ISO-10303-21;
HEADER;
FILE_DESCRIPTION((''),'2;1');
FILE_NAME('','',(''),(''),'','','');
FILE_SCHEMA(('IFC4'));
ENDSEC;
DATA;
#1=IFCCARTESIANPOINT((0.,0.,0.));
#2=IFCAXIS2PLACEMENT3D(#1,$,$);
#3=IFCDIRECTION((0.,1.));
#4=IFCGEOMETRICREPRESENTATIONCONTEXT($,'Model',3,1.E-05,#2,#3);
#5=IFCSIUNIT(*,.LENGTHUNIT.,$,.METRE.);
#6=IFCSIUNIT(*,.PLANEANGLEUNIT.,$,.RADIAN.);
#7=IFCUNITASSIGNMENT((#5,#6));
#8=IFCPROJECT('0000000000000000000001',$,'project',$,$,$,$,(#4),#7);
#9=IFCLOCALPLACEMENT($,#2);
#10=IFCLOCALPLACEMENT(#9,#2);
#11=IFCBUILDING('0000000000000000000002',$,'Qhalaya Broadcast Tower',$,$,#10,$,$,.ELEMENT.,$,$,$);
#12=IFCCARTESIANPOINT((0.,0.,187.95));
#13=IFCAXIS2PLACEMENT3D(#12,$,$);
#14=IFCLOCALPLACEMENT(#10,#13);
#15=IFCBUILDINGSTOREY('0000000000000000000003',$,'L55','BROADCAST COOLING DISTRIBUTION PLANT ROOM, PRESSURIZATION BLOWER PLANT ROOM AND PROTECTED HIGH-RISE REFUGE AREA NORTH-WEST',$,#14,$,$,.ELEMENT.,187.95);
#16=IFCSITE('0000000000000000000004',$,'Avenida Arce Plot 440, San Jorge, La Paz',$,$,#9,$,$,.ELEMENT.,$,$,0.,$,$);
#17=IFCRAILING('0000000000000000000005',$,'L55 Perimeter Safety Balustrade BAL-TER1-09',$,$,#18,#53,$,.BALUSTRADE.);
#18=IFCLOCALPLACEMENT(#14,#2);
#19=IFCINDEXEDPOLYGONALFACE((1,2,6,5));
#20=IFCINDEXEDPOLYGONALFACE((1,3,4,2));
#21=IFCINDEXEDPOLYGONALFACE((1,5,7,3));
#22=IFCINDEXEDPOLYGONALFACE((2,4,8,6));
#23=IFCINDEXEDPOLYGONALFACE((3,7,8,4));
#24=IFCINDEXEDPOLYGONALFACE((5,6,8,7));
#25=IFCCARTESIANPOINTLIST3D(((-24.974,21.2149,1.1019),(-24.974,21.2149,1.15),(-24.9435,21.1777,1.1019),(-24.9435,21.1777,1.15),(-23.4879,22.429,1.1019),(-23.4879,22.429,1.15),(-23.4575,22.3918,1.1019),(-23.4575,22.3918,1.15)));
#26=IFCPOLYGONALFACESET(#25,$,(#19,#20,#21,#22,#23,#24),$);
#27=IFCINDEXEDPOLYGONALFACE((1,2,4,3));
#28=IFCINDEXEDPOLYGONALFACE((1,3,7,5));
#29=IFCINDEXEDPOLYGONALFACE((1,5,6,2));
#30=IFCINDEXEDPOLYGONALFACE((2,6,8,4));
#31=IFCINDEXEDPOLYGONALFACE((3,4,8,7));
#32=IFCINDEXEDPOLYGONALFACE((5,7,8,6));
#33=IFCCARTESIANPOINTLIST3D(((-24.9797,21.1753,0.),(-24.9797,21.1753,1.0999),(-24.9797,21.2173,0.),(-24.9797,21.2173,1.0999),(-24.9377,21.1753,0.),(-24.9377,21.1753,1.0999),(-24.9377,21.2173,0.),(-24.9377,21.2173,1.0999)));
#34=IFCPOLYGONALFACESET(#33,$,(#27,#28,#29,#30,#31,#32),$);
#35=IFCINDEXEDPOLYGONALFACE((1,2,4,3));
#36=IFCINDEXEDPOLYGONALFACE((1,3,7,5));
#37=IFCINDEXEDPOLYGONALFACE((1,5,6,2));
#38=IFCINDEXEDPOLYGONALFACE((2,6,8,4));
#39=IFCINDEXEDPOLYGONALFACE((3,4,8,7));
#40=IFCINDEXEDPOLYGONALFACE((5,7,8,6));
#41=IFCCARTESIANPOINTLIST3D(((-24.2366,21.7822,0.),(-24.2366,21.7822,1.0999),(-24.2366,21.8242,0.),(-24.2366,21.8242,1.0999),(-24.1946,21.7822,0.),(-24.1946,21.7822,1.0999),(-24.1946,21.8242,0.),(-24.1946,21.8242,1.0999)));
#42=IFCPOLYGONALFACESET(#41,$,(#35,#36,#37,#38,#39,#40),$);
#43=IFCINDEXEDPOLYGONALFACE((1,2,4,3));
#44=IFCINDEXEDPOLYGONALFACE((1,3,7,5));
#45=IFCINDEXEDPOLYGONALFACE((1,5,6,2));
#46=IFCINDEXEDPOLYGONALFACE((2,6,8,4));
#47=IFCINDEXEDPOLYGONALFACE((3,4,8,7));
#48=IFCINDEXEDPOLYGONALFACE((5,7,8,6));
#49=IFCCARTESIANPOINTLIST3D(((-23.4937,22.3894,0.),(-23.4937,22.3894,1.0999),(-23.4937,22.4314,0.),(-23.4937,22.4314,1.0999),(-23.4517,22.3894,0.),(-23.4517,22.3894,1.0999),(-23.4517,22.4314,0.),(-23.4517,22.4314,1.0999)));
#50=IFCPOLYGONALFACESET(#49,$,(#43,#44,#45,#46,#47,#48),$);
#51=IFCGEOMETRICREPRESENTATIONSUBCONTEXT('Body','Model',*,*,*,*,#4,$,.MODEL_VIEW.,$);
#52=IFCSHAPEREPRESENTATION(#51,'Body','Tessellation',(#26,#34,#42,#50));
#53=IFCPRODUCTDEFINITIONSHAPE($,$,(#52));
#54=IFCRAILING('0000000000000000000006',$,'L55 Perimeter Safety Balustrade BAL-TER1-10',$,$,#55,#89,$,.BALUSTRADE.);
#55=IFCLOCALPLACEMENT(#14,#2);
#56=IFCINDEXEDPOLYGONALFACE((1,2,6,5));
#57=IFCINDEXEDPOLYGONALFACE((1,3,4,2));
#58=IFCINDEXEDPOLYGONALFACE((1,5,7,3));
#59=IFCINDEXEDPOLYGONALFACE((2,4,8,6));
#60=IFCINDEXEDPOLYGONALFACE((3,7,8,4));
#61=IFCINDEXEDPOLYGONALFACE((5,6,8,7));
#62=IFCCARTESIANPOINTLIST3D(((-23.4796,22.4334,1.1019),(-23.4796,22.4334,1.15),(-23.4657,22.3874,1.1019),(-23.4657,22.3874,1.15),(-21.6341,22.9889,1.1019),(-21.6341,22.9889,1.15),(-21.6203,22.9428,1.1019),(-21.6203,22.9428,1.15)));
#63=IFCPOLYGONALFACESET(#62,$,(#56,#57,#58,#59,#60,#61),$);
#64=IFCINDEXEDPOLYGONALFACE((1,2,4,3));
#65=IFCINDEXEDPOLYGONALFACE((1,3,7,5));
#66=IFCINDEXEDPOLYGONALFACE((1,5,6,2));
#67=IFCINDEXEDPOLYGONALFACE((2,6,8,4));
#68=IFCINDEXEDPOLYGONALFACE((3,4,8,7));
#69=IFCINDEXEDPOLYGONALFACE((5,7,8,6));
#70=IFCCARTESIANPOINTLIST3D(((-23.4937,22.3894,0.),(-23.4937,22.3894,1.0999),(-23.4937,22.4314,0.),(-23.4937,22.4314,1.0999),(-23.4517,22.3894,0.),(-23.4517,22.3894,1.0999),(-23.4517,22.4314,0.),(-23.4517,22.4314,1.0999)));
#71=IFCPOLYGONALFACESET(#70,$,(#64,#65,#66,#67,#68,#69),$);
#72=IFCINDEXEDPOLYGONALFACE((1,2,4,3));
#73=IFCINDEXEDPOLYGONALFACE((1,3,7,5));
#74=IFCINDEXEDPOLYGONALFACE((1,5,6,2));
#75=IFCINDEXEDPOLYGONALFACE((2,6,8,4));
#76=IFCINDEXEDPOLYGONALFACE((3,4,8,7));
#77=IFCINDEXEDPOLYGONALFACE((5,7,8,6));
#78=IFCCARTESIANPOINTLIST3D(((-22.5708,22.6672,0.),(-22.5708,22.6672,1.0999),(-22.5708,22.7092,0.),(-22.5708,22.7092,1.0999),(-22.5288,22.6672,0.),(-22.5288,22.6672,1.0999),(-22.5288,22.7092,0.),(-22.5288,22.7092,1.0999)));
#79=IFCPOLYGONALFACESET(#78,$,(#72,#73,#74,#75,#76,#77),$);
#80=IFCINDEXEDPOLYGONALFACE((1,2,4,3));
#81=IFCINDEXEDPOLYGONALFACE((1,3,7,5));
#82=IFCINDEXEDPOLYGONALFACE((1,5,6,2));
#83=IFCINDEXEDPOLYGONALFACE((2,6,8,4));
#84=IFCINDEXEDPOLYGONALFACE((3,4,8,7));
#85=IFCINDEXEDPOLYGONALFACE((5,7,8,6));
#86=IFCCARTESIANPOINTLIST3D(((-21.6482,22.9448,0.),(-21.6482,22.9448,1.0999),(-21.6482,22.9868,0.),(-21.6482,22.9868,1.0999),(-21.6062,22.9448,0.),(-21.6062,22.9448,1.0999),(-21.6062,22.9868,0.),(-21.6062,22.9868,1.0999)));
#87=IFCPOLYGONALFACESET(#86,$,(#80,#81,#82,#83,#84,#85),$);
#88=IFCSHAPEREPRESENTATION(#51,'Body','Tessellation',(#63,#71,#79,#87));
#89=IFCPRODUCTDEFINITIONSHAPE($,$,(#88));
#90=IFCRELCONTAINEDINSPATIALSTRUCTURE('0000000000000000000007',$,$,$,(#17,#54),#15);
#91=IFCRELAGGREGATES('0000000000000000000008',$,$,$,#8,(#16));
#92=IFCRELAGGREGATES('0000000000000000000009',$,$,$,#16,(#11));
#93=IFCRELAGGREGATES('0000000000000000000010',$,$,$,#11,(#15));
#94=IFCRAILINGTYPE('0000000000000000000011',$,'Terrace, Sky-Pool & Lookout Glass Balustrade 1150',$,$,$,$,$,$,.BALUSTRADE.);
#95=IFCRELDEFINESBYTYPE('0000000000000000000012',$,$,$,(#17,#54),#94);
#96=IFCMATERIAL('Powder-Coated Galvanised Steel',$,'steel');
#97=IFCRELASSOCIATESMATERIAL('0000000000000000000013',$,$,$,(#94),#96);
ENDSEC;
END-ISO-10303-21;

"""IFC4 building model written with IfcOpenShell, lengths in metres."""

from ifc_helpers import new_model, si_unit, direction, frame, origin, origin_2d, place, context, subcontext, project, spatial, rectangle, extrude, material, type_object, element, save


model = new_model("IFC4")

# Units and contexts
model_context = context("Model", 3, precision=1e-05, world=origin(), true_north=direction((0.0, 1.0)))
body_context = subcontext(model_context, "Body", "Model", "MODEL_VIEW")
ifc_project = project(units=[si_unit("LENGTHUNIT", "METRE"), si_unit("PLANEANGLEUNIT", "RADIAN")], contexts=[model_context])

# Site, building, storey
site_placement = place(None, origin())
site = spatial("IfcSite", under=ifc_project, at=site_placement, Name="Avenida Arce Plot 440, San Jorge, La Paz", CompositionType="ELEMENT", RefElevation=0.0)
building_placement = place(site_placement, origin())
building = spatial("IfcBuilding", under=site, at=building_placement, Name="Qhalaya Broadcast Tower", CompositionType="ELEMENT")
storey_placement = place(building_placement, frame((0.0, 0.0, 187.95)))
storey = spatial("IfcBuildingStorey", under=building, at=storey_placement, Name="L55", Description="BROADCAST COOLING DISTRIBUTION PLANT ROOM, PRESSURIZATION BLOWER PLANT ROOM AND PROTECTED HIGH-RISE REFUGE AREA NORTH-WEST", CompositionType="ELEMENT", Elevation=187.95)

# Railings
ifc_material_1 = material(Name="Powder-Coated Galvanised Steel", Category="steel")
railing_type = type_object("IfcRailingType", Name="Terrace, Sky-Pool & Lookout Glass Balustrade 1150", PredefinedType="BALUSTRADE", material=ifc_material_1)
railing_1_placement = place(storey_placement, frame((-24.9587, 21.1963, 0.0)))
element("IfcRailing", 1, at=railing_1_placement, inside=storey, type_object=railing_type, Name="L55 Perimeter Safety Balustrade BAL-TER1-09", PredefinedType="BALUSTRADE", context=body_context, shape_type="SweptSolid", body=[
    extrude(rectangle(XDim=0.0481, YDim=0.0481, at=origin_2d()), frame((0.0, 0.0, 1.126), z_axis=(0.774411, 0.632683, 0.0), x_axis=(-0.632683, 0.774411, 0.0)), (0.0, 0.0, 1.0), 1.9189),
    extrude(rectangle(XDim=0.042, YDim=0.042, at=origin_2d()), origin(), (0.0, 0.0, 1.0), 1.0999),
    extrude(rectangle(XDim=0.042, YDim=0.042, at=origin_2d()), frame((0.7432, 0.6069, 0.0)), (0.0, 0.0, 1.0), 1.0999),
    extrude(rectangle(XDim=0.042, YDim=0.042, at=origin_2d()), frame((1.4861, 1.2141, 0.0)), (0.0, 0.0, 1.0), 1.0999),
])
railing_2_placement = place(storey_placement, frame((-23.4727, 22.4104, 0.0)))
element("IfcRailing", 2, at=railing_2_placement, inside=storey, type_object=railing_type, Name="L55 Perimeter Safety Balustrade BAL-TER1-10", PredefinedType="BALUSTRADE", context=body_context, shape_type="SweptSolid", body=[
    extrude(rectangle(XDim=0.0481, YDim=0.0481, at=origin_2d()), frame((0.0, 0.0, 1.126), z_axis=(0.957571, 0.288196, 0.0), x_axis=(-0.288196, 0.957571, 0.0)), (0.0, 0.0, 1.0), 1.9272),
    extrude(rectangle(XDim=0.042, YDim=0.042, at=origin_2d()), origin(), (0.0, 0.0, 1.0), 1.0999),
    extrude(rectangle(XDim=0.042, YDim=0.042, at=origin_2d()), frame((0.9229, 0.2778, 0.0)), (0.0, 0.0, 1.0), 1.0999),
    extrude(rectangle(XDim=0.042, YDim=0.042, at=origin_2d()), frame((1.8455, 0.5554, 0.0)), (0.0, 0.0, 1.0), 1.0999),
])

save(model, "model.ifc")
